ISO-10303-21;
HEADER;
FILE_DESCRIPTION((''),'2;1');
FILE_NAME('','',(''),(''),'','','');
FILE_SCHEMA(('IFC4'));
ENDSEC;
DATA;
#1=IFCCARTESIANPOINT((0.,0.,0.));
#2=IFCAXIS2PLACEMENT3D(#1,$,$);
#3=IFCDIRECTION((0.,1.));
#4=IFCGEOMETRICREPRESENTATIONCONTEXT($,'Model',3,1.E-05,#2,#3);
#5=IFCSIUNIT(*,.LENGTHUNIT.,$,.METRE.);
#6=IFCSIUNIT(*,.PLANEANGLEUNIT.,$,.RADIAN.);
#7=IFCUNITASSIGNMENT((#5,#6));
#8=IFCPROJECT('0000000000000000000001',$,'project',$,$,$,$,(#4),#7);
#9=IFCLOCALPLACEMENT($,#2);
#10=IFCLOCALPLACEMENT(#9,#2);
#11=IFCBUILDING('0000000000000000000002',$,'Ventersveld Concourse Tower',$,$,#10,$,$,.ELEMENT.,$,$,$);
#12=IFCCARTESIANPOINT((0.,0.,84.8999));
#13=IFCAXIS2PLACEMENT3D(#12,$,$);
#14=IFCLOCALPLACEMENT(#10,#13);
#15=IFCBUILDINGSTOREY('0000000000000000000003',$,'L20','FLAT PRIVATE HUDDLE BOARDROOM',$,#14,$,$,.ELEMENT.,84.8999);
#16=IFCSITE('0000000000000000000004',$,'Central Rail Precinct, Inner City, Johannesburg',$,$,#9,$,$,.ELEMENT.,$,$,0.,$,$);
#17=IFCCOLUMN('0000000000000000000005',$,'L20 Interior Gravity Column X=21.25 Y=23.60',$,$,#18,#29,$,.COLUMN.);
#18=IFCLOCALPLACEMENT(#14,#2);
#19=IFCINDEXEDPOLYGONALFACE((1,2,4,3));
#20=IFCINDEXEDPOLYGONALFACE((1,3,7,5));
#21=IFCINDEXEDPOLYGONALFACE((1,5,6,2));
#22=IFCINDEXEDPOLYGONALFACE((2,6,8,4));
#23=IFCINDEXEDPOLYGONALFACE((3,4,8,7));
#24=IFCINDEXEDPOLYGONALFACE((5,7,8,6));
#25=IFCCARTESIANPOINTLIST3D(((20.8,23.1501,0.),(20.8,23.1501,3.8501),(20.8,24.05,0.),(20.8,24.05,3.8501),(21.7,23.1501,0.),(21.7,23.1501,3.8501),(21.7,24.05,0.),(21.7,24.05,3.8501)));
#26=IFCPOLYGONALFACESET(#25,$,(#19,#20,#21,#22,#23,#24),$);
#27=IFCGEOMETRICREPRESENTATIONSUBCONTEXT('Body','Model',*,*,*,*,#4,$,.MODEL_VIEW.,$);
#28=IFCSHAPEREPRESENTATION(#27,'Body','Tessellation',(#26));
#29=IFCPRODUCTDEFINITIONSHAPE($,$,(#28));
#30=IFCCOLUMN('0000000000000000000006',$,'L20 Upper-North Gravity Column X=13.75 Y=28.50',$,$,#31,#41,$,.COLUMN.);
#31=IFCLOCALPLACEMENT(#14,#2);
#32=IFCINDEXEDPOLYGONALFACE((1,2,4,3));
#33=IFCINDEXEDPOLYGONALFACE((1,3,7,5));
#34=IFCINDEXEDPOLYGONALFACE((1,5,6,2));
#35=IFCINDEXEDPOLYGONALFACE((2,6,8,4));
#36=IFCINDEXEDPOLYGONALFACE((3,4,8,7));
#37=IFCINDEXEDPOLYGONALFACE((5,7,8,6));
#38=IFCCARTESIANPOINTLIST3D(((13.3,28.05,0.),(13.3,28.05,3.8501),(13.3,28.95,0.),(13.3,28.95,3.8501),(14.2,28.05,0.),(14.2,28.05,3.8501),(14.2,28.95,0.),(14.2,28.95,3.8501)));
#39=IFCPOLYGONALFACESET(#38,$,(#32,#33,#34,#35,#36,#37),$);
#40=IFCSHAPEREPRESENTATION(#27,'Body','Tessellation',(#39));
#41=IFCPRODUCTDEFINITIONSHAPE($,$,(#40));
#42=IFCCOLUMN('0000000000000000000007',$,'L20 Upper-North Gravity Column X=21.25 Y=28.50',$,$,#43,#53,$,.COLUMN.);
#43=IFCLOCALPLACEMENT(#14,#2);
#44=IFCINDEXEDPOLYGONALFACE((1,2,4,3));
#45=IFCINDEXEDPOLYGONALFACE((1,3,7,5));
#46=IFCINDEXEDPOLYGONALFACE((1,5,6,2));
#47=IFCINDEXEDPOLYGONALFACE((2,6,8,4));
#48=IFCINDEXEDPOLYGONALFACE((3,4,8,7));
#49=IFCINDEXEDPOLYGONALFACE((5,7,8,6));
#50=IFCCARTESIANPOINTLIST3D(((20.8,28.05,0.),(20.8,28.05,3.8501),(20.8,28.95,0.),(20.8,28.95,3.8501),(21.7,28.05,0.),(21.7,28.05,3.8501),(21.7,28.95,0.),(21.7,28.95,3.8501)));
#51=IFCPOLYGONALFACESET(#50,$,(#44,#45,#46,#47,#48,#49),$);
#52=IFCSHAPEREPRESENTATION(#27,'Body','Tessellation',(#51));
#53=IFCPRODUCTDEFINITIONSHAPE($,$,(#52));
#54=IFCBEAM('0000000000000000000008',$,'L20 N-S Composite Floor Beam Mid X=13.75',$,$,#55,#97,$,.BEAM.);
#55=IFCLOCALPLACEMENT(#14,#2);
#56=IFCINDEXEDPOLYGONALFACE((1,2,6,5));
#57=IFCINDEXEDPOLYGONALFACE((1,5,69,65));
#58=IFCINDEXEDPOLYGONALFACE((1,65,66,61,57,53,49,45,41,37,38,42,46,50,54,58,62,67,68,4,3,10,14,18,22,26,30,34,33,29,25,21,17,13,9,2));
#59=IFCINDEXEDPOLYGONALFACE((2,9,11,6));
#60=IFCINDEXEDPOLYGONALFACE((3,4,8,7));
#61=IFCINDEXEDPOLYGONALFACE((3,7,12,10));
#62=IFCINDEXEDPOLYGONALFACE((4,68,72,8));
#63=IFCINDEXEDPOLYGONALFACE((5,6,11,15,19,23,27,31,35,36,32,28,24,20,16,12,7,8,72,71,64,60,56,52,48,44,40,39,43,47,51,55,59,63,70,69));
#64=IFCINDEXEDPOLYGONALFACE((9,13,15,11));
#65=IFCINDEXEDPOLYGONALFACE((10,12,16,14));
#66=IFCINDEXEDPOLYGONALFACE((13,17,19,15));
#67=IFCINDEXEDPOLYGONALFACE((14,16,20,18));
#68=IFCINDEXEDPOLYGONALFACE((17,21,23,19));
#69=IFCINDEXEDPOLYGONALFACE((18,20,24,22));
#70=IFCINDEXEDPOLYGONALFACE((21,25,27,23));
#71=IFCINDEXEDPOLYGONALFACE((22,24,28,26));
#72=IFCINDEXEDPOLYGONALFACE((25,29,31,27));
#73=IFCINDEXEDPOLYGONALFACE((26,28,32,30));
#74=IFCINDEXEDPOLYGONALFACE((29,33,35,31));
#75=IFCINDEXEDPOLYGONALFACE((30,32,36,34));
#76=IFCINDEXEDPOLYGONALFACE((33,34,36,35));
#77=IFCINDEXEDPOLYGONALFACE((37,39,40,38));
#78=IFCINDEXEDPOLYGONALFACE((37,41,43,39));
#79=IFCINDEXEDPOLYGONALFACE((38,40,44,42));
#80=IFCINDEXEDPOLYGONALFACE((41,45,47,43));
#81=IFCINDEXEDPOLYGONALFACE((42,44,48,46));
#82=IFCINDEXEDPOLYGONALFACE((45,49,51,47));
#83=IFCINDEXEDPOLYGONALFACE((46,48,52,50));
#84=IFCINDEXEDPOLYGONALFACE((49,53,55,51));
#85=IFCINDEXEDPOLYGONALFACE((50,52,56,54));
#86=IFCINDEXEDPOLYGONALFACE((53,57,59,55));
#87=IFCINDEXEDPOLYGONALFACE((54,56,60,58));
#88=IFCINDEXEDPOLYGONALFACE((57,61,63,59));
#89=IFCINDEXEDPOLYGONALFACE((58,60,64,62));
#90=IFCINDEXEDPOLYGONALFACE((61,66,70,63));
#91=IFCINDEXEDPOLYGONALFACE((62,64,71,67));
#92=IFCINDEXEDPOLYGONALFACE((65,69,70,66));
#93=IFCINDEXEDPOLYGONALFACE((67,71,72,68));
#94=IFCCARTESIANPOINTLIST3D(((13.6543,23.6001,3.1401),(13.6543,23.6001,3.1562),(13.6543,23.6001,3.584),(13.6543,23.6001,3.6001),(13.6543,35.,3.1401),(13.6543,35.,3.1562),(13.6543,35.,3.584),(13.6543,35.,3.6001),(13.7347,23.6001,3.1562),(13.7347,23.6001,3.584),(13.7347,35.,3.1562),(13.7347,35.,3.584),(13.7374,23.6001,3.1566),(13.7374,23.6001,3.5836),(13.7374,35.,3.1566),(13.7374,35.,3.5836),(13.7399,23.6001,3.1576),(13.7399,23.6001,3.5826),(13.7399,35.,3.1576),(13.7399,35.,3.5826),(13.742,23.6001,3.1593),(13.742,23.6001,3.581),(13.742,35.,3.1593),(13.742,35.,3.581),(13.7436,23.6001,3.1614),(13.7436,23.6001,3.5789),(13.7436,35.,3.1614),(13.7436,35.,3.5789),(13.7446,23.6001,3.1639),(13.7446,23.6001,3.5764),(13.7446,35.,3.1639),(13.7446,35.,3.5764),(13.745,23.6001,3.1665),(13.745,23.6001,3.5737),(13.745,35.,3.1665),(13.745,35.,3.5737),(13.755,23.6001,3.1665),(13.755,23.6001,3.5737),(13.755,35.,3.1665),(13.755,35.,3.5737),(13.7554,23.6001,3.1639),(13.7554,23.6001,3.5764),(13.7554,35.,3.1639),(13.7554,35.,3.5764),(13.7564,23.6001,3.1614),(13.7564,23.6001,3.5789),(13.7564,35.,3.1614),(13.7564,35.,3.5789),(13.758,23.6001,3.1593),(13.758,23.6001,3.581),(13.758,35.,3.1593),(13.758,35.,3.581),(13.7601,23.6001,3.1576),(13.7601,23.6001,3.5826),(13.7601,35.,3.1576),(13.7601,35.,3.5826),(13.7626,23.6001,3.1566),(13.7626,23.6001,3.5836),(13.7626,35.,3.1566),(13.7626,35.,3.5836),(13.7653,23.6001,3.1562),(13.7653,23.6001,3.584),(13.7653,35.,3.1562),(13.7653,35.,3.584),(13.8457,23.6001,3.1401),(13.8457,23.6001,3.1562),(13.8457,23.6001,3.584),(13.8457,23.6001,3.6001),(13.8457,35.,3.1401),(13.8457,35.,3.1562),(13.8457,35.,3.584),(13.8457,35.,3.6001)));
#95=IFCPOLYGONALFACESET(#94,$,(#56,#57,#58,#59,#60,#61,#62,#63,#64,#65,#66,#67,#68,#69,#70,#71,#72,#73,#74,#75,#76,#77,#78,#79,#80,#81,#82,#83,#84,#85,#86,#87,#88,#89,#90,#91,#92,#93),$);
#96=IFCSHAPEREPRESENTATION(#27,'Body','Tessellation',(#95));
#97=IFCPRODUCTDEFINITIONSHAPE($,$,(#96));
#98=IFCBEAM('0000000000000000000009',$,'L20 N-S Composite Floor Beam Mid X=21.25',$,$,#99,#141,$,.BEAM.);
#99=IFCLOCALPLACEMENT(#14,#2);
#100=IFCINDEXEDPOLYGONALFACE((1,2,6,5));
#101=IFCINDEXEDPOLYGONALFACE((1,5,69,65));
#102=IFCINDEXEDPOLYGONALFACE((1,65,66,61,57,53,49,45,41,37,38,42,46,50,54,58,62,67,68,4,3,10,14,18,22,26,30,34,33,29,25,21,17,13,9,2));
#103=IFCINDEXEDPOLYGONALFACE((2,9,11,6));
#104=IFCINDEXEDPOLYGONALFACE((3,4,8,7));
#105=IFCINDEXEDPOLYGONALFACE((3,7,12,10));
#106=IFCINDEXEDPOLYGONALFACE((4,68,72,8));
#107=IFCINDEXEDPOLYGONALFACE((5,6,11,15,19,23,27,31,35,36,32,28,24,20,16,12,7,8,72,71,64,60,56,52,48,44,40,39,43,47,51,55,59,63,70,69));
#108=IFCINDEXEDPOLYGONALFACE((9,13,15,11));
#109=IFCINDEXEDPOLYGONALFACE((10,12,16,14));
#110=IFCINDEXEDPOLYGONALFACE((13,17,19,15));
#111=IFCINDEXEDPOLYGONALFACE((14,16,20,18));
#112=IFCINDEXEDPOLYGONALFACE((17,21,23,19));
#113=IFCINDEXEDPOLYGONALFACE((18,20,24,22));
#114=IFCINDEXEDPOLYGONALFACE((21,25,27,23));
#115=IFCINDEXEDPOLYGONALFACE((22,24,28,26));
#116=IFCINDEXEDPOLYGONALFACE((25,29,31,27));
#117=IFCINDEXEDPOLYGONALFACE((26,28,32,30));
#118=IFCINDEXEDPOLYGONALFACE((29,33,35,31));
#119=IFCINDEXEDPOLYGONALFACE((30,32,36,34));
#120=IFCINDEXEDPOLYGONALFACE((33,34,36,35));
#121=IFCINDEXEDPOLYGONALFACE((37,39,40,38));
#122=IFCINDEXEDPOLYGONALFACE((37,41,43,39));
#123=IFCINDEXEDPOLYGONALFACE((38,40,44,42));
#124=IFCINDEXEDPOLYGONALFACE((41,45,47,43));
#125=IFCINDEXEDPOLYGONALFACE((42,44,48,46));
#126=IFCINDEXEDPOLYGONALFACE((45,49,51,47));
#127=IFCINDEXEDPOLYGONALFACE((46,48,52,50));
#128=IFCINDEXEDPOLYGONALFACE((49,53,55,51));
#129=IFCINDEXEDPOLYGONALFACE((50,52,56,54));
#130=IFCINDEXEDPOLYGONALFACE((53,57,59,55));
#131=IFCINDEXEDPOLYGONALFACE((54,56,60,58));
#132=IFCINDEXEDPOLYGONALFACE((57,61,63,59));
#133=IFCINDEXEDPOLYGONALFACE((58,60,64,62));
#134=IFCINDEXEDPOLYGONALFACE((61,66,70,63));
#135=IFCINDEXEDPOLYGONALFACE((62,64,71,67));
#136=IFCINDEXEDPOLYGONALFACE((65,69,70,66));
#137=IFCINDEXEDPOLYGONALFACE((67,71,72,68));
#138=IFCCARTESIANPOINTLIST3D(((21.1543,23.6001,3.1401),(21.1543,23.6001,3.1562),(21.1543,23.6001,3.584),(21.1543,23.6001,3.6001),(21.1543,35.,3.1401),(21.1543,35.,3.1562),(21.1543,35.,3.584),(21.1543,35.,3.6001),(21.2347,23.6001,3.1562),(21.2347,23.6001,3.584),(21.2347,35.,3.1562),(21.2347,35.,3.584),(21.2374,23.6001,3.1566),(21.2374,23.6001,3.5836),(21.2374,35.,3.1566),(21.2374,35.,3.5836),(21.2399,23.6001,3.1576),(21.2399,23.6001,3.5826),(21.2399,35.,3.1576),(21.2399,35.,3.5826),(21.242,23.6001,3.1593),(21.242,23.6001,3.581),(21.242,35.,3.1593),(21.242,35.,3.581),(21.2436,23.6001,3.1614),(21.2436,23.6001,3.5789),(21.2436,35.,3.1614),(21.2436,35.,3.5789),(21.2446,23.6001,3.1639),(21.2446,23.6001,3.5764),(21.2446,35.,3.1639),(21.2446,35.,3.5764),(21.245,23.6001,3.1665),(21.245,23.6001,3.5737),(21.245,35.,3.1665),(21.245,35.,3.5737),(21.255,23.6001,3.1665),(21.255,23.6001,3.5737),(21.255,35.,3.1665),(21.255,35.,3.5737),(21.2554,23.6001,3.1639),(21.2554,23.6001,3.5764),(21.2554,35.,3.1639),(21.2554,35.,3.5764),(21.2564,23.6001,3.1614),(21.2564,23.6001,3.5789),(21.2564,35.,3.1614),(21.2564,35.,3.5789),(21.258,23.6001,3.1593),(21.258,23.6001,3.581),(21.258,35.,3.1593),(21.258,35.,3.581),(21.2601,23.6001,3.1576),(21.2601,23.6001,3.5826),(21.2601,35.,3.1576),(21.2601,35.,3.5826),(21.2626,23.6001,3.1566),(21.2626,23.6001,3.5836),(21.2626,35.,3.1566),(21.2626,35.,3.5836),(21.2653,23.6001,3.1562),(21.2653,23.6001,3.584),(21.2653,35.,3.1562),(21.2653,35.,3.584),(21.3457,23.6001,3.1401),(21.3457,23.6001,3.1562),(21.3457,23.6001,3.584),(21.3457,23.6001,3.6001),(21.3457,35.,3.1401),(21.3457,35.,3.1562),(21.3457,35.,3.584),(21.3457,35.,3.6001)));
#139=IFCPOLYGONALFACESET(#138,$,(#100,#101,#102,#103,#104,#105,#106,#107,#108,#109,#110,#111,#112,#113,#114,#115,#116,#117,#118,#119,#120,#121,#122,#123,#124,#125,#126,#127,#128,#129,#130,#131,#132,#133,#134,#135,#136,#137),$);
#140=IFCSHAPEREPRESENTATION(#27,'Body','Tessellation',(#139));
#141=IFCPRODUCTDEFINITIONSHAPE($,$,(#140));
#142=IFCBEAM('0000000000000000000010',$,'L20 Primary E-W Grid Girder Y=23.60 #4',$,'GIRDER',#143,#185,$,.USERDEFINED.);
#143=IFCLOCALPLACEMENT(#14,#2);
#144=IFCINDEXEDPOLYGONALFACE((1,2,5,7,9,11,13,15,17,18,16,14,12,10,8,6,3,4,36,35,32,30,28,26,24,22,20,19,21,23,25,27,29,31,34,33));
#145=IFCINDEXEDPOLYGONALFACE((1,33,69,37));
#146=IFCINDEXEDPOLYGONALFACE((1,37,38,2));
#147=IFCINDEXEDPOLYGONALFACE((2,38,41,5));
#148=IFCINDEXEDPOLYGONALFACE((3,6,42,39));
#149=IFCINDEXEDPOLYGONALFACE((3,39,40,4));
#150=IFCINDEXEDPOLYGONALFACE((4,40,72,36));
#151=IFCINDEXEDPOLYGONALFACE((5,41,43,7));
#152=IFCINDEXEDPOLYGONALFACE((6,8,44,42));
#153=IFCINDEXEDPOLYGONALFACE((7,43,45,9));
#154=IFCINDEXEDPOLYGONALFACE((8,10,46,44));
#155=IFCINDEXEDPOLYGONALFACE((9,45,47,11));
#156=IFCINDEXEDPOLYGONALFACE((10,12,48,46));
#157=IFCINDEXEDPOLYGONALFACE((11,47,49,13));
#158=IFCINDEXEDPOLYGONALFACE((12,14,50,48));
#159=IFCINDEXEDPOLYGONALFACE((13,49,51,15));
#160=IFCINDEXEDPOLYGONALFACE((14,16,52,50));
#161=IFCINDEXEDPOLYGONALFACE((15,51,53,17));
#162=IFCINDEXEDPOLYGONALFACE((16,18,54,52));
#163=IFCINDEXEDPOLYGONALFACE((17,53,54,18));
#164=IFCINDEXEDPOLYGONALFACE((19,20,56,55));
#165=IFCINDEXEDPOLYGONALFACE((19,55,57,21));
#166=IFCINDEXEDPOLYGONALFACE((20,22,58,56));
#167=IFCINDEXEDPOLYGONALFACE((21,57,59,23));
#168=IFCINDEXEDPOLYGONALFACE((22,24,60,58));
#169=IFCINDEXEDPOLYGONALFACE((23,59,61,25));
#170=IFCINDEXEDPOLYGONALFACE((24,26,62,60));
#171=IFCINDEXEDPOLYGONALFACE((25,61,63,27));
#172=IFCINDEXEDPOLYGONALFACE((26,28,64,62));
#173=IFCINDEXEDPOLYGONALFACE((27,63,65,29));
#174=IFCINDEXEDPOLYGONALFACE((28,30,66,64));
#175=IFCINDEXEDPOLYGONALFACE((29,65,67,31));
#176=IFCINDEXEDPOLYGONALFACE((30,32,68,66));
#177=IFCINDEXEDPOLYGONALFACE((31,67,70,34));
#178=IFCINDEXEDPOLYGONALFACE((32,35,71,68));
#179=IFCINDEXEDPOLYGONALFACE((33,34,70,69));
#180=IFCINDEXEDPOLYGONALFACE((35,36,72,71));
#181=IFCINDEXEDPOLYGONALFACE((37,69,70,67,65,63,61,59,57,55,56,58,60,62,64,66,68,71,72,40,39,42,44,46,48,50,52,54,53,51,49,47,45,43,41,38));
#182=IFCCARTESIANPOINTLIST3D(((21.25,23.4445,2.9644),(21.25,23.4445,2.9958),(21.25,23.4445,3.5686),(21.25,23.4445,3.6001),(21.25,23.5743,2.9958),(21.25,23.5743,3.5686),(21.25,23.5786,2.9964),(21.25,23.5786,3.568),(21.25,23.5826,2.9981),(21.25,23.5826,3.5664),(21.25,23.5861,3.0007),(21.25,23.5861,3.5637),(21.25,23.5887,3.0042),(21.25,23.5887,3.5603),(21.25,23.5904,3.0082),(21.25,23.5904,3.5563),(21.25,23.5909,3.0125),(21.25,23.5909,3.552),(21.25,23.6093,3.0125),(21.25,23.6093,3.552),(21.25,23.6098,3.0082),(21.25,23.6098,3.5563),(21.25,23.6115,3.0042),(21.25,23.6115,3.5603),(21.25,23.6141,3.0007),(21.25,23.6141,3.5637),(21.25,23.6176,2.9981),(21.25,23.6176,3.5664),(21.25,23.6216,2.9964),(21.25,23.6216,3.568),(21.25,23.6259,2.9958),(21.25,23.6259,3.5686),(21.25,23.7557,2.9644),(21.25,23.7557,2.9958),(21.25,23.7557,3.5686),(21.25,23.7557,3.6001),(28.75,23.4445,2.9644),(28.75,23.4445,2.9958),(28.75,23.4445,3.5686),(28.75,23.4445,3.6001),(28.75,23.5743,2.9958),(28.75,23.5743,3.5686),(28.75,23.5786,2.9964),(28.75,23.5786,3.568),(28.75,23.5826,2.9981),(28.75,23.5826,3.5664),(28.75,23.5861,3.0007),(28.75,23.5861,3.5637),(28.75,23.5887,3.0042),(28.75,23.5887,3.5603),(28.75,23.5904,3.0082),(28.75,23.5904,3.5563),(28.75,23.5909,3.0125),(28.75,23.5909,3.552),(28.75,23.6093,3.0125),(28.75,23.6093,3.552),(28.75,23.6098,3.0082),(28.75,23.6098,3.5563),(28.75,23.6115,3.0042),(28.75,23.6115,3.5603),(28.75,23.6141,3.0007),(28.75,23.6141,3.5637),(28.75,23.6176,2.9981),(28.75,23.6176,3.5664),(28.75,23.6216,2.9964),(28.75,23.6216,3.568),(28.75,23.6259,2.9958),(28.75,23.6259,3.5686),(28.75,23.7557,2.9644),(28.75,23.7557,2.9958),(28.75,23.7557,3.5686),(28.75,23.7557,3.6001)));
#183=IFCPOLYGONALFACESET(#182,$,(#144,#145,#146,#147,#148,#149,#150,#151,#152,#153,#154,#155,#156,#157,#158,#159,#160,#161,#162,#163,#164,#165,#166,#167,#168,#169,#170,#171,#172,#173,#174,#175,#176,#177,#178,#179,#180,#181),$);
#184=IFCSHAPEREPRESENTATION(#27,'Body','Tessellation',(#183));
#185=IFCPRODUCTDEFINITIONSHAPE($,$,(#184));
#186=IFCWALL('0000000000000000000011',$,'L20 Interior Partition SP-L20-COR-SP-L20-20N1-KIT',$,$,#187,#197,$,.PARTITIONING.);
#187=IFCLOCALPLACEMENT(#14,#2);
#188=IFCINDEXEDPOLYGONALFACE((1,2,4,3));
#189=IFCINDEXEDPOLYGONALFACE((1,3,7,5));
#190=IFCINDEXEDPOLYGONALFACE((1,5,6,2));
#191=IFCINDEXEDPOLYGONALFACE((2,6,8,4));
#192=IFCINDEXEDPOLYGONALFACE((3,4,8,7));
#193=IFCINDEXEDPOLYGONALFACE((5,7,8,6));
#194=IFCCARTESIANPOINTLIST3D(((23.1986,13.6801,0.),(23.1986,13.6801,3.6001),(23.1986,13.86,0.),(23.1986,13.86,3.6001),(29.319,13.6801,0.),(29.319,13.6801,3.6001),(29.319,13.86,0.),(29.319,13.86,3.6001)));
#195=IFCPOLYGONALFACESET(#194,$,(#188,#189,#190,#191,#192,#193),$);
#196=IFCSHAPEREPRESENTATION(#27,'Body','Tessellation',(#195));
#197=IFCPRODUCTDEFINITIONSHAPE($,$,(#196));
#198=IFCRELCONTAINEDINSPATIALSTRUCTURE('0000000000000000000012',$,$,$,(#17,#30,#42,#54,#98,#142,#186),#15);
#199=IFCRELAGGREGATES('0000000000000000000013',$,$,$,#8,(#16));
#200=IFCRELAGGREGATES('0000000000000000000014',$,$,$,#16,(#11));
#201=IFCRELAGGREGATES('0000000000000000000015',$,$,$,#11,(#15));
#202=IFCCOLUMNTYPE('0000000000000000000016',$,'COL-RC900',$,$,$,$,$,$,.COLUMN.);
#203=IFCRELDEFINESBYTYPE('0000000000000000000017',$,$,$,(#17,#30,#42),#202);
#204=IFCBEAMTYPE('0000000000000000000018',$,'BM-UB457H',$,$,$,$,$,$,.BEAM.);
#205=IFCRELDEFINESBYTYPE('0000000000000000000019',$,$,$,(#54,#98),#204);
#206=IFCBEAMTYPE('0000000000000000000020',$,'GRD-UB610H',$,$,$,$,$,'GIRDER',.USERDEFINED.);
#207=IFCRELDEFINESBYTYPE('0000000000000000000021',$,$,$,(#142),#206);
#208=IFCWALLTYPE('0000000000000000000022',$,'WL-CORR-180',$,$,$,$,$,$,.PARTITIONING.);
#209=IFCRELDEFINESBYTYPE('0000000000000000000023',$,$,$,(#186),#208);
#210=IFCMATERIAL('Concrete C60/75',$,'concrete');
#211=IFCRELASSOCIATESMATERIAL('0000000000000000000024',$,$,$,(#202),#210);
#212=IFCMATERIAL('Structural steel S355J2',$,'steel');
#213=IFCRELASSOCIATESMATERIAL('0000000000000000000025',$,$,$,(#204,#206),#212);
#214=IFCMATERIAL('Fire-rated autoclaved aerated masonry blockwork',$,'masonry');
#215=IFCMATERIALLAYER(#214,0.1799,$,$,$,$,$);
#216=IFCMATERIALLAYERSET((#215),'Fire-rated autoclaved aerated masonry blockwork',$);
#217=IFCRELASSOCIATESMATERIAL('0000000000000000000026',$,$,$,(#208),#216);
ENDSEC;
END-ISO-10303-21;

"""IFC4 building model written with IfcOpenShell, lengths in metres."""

from ifc_helpers import new_model, si_unit, direction, frame, frame_2d, origin, origin_2d, place, context, subcontext, project, spatial, rectangle, i_section, extrude, material, layer, layer_set, material_profile, profile_set, type_object, element, save


model = new_model("IFC4")

# Units and contexts
model_context = context("Model", 3, precision=1e-05, world=origin(), true_north=direction((0.0, 1.0)))
body_context = subcontext(model_context, "Body", "Model", "MODEL_VIEW")
ifc_project = project(units=[si_unit("LENGTHUNIT", "METRE"), si_unit("PLANEANGLEUNIT", "RADIAN")], contexts=[model_context])

# Site, building, storey
site_placement = place(None, origin())
site = spatial("IfcSite", under=ifc_project, at=site_placement, Name="Central Rail Precinct, Inner City, Johannesburg", CompositionType="ELEMENT", RefElevation=0.0)
building_placement = place(site_placement, origin())
building = spatial("IfcBuilding", under=site, at=building_placement, Name="Ventersveld Concourse Tower", CompositionType="ELEMENT")
storey_placement = place(building_placement, frame((0.0, 0.0, 84.8999)))
storey = spatial("IfcBuildingStorey", under=building, at=storey_placement, Name="L20", Description="FLAT PRIVATE HUDDLE BOARDROOM", CompositionType="ELEMENT", Elevation=84.8999)

# Columns
ifc_material_1 = material(Name="Concrete C60/75", Category="concrete")
ifc_material_profile_1 = material_profile(ifc_material_1, rectangle(XDim=0.8999, YDim=0.8999, at=origin_2d()), Name="RC 900x900")
ifc_profile_set_1 = profile_set([ifc_material_profile_1], Name="Concrete C60/75")
column_type = type_object("IfcColumnType", Name="COL-RC900", PredefinedType="COLUMN", material=ifc_profile_set_1)
for number, where, z_axis, x_axis, name in (
    (1, (21.25, 23.6001, 0.0), (0.0, 0.0, 1.0), (1.0, 0.0, 0.0), "L20 Interior Gravity Column X=21.25 Y=23.60"),
    (2, (13.75, 28.5, 0.0), (0.0, 0.0, 1.0), (1.0, 0.0, 0.0), "L20 Upper-North Gravity Column X=13.75 Y=28.50"),
    (3, (21.25, 28.5, 0.0), (0.0, 0.0, 1.0), (1.0, 0.0, 0.0), "L20 Upper-North Gravity Column X=21.25 Y=28.50"),
):
    element("IfcColumn", number, at=place(storey_placement, frame(where, z_axis=z_axis, x_axis=x_axis)), inside=storey, type_object=column_type, Name=name, PredefinedType="COLUMN", context=body_context, shape_type="SweptSolid", body=[
        extrude(rectangle(XDim=0.8999, YDim=0.8999, at=origin_2d()), origin(), (0.0, 0.0, 1.0), 3.8501),
    ])

# Beams
ifc_material_2 = material(Name="Structural steel S355J2", Category="steel")
ifc_material_profile_2 = material_profile(ifc_material_2, i_section(OverallWidth=0.1914, OverallDepth=0.46, WebThickness=0.01, FlangeThickness=0.0161, FilletRadius=0.0103, at=origin_2d()), Name="UB 457x191x82")
ifc_profile_set_2 = profile_set([ifc_material_profile_2], Name="Structural steel S355J2")
beam_type_1 = type_object("IfcBeamType", Name="BM-UB457H", PredefinedType="BEAM", material=ifc_profile_set_2)
for number, where, z_axis, x_axis, name in (
    (4, (13.75, 23.6001, 3.3701), (0.0, 1.0, 0.0), (-1.0, 0.0, 0.0), "L20 N-S Composite Floor Beam Mid X=13.75"),
    (5, (21.25, 23.6001, 3.3701), (0.0, 1.0, 0.0), (-1.0, 0.0, 0.0), "L20 N-S Composite Floor Beam Mid X=21.25"),
):
    element("IfcBeam", number, at=place(storey_placement, frame(where, z_axis=z_axis, x_axis=x_axis)), inside=storey, type_object=beam_type_1, Name=name, PredefinedType="BEAM", context=body_context, shape_type="SweptSolid", body=[
        extrude(i_section(OverallWidth=0.1914, OverallDepth=0.46, WebThickness=0.01, FlangeThickness=0.0161, FilletRadius=0.0103, at=origin_2d()), origin(), (0.0, 0.0, 1.0), 11.3999),
    ])
ifc_material_profile_3 = material_profile(ifc_material_2, i_section(OverallWidth=0.3113, OverallDepth=0.6357, WebThickness=0.0183, FlangeThickness=0.0315, FilletRadius=0.0166, at=origin_2d()), Name="UB 610x305x238")
ifc_profile_set_3 = profile_set([ifc_material_profile_3], Name="Structural steel S355J2")
beam_type_2 = type_object("IfcBeamType", Name="GRD-UB610H", ElementType="GIRDER", PredefinedType="USERDEFINED", material=ifc_profile_set_3)
beam_placement = place(storey_placement, frame((21.25, 23.6001, 3.2822), z_axis=(1.0, 0.0, 0.0), x_axis=(0.0, 1.0, 0.0)))
element("IfcBeam", 6, at=beam_placement, inside=storey, type_object=beam_type_2, Name="L20 Primary E-W Grid Girder Y=23.60 #4", ObjectType="GIRDER", PredefinedType="USERDEFINED", context=body_context, shape_type="SweptSolid", body=[
    extrude(i_section(OverallWidth=0.3113, OverallDepth=0.6357, WebThickness=0.0183, FlangeThickness=0.0315, FilletRadius=0.0166, at=origin_2d()), origin(), (0.0, 0.0, 1.0), 7.5),
])

# Shared definitions
ifc_material_3 = material(Name="Fire-rated autoclaved aerated masonry blockwork", Category="masonry")
ifc_layer_1 = layer(ifc_material_3, 0.1799)
ifc_layer_set_1 = layer_set([ifc_layer_1], Name="Fire-rated autoclaved aerated masonry blockwork")
wall_type_1 = type_object("IfcWallType", Name="WL-CORR-180", PredefinedType="PARTITIONING", material=ifc_layer_set_1)

# Wall
wall_1_placement = place(storey_placement, frame((23.1987, 13.77, 0.0), z_axis=(0.0, 0.0, 1.0), x_axis=(1.0, 0.0, 0.0)))
element("IfcWall", 7, at=wall_1_placement, inside=storey, type_object=wall_type_1, Name="L20 Interior Partition SP-L20-COR-SP-L20-20N1-KIT", PredefinedType="PARTITIONING", context=body_context, shape_type="SweptSolid", body=[
    extrude(rectangle(XDim=6.1204, YDim=0.1799, at=frame_2d((3.0601, 0.0))), origin(), (0.0, 0.0, 1.0), 3.6001),
])

save(model, "model.ifc")
